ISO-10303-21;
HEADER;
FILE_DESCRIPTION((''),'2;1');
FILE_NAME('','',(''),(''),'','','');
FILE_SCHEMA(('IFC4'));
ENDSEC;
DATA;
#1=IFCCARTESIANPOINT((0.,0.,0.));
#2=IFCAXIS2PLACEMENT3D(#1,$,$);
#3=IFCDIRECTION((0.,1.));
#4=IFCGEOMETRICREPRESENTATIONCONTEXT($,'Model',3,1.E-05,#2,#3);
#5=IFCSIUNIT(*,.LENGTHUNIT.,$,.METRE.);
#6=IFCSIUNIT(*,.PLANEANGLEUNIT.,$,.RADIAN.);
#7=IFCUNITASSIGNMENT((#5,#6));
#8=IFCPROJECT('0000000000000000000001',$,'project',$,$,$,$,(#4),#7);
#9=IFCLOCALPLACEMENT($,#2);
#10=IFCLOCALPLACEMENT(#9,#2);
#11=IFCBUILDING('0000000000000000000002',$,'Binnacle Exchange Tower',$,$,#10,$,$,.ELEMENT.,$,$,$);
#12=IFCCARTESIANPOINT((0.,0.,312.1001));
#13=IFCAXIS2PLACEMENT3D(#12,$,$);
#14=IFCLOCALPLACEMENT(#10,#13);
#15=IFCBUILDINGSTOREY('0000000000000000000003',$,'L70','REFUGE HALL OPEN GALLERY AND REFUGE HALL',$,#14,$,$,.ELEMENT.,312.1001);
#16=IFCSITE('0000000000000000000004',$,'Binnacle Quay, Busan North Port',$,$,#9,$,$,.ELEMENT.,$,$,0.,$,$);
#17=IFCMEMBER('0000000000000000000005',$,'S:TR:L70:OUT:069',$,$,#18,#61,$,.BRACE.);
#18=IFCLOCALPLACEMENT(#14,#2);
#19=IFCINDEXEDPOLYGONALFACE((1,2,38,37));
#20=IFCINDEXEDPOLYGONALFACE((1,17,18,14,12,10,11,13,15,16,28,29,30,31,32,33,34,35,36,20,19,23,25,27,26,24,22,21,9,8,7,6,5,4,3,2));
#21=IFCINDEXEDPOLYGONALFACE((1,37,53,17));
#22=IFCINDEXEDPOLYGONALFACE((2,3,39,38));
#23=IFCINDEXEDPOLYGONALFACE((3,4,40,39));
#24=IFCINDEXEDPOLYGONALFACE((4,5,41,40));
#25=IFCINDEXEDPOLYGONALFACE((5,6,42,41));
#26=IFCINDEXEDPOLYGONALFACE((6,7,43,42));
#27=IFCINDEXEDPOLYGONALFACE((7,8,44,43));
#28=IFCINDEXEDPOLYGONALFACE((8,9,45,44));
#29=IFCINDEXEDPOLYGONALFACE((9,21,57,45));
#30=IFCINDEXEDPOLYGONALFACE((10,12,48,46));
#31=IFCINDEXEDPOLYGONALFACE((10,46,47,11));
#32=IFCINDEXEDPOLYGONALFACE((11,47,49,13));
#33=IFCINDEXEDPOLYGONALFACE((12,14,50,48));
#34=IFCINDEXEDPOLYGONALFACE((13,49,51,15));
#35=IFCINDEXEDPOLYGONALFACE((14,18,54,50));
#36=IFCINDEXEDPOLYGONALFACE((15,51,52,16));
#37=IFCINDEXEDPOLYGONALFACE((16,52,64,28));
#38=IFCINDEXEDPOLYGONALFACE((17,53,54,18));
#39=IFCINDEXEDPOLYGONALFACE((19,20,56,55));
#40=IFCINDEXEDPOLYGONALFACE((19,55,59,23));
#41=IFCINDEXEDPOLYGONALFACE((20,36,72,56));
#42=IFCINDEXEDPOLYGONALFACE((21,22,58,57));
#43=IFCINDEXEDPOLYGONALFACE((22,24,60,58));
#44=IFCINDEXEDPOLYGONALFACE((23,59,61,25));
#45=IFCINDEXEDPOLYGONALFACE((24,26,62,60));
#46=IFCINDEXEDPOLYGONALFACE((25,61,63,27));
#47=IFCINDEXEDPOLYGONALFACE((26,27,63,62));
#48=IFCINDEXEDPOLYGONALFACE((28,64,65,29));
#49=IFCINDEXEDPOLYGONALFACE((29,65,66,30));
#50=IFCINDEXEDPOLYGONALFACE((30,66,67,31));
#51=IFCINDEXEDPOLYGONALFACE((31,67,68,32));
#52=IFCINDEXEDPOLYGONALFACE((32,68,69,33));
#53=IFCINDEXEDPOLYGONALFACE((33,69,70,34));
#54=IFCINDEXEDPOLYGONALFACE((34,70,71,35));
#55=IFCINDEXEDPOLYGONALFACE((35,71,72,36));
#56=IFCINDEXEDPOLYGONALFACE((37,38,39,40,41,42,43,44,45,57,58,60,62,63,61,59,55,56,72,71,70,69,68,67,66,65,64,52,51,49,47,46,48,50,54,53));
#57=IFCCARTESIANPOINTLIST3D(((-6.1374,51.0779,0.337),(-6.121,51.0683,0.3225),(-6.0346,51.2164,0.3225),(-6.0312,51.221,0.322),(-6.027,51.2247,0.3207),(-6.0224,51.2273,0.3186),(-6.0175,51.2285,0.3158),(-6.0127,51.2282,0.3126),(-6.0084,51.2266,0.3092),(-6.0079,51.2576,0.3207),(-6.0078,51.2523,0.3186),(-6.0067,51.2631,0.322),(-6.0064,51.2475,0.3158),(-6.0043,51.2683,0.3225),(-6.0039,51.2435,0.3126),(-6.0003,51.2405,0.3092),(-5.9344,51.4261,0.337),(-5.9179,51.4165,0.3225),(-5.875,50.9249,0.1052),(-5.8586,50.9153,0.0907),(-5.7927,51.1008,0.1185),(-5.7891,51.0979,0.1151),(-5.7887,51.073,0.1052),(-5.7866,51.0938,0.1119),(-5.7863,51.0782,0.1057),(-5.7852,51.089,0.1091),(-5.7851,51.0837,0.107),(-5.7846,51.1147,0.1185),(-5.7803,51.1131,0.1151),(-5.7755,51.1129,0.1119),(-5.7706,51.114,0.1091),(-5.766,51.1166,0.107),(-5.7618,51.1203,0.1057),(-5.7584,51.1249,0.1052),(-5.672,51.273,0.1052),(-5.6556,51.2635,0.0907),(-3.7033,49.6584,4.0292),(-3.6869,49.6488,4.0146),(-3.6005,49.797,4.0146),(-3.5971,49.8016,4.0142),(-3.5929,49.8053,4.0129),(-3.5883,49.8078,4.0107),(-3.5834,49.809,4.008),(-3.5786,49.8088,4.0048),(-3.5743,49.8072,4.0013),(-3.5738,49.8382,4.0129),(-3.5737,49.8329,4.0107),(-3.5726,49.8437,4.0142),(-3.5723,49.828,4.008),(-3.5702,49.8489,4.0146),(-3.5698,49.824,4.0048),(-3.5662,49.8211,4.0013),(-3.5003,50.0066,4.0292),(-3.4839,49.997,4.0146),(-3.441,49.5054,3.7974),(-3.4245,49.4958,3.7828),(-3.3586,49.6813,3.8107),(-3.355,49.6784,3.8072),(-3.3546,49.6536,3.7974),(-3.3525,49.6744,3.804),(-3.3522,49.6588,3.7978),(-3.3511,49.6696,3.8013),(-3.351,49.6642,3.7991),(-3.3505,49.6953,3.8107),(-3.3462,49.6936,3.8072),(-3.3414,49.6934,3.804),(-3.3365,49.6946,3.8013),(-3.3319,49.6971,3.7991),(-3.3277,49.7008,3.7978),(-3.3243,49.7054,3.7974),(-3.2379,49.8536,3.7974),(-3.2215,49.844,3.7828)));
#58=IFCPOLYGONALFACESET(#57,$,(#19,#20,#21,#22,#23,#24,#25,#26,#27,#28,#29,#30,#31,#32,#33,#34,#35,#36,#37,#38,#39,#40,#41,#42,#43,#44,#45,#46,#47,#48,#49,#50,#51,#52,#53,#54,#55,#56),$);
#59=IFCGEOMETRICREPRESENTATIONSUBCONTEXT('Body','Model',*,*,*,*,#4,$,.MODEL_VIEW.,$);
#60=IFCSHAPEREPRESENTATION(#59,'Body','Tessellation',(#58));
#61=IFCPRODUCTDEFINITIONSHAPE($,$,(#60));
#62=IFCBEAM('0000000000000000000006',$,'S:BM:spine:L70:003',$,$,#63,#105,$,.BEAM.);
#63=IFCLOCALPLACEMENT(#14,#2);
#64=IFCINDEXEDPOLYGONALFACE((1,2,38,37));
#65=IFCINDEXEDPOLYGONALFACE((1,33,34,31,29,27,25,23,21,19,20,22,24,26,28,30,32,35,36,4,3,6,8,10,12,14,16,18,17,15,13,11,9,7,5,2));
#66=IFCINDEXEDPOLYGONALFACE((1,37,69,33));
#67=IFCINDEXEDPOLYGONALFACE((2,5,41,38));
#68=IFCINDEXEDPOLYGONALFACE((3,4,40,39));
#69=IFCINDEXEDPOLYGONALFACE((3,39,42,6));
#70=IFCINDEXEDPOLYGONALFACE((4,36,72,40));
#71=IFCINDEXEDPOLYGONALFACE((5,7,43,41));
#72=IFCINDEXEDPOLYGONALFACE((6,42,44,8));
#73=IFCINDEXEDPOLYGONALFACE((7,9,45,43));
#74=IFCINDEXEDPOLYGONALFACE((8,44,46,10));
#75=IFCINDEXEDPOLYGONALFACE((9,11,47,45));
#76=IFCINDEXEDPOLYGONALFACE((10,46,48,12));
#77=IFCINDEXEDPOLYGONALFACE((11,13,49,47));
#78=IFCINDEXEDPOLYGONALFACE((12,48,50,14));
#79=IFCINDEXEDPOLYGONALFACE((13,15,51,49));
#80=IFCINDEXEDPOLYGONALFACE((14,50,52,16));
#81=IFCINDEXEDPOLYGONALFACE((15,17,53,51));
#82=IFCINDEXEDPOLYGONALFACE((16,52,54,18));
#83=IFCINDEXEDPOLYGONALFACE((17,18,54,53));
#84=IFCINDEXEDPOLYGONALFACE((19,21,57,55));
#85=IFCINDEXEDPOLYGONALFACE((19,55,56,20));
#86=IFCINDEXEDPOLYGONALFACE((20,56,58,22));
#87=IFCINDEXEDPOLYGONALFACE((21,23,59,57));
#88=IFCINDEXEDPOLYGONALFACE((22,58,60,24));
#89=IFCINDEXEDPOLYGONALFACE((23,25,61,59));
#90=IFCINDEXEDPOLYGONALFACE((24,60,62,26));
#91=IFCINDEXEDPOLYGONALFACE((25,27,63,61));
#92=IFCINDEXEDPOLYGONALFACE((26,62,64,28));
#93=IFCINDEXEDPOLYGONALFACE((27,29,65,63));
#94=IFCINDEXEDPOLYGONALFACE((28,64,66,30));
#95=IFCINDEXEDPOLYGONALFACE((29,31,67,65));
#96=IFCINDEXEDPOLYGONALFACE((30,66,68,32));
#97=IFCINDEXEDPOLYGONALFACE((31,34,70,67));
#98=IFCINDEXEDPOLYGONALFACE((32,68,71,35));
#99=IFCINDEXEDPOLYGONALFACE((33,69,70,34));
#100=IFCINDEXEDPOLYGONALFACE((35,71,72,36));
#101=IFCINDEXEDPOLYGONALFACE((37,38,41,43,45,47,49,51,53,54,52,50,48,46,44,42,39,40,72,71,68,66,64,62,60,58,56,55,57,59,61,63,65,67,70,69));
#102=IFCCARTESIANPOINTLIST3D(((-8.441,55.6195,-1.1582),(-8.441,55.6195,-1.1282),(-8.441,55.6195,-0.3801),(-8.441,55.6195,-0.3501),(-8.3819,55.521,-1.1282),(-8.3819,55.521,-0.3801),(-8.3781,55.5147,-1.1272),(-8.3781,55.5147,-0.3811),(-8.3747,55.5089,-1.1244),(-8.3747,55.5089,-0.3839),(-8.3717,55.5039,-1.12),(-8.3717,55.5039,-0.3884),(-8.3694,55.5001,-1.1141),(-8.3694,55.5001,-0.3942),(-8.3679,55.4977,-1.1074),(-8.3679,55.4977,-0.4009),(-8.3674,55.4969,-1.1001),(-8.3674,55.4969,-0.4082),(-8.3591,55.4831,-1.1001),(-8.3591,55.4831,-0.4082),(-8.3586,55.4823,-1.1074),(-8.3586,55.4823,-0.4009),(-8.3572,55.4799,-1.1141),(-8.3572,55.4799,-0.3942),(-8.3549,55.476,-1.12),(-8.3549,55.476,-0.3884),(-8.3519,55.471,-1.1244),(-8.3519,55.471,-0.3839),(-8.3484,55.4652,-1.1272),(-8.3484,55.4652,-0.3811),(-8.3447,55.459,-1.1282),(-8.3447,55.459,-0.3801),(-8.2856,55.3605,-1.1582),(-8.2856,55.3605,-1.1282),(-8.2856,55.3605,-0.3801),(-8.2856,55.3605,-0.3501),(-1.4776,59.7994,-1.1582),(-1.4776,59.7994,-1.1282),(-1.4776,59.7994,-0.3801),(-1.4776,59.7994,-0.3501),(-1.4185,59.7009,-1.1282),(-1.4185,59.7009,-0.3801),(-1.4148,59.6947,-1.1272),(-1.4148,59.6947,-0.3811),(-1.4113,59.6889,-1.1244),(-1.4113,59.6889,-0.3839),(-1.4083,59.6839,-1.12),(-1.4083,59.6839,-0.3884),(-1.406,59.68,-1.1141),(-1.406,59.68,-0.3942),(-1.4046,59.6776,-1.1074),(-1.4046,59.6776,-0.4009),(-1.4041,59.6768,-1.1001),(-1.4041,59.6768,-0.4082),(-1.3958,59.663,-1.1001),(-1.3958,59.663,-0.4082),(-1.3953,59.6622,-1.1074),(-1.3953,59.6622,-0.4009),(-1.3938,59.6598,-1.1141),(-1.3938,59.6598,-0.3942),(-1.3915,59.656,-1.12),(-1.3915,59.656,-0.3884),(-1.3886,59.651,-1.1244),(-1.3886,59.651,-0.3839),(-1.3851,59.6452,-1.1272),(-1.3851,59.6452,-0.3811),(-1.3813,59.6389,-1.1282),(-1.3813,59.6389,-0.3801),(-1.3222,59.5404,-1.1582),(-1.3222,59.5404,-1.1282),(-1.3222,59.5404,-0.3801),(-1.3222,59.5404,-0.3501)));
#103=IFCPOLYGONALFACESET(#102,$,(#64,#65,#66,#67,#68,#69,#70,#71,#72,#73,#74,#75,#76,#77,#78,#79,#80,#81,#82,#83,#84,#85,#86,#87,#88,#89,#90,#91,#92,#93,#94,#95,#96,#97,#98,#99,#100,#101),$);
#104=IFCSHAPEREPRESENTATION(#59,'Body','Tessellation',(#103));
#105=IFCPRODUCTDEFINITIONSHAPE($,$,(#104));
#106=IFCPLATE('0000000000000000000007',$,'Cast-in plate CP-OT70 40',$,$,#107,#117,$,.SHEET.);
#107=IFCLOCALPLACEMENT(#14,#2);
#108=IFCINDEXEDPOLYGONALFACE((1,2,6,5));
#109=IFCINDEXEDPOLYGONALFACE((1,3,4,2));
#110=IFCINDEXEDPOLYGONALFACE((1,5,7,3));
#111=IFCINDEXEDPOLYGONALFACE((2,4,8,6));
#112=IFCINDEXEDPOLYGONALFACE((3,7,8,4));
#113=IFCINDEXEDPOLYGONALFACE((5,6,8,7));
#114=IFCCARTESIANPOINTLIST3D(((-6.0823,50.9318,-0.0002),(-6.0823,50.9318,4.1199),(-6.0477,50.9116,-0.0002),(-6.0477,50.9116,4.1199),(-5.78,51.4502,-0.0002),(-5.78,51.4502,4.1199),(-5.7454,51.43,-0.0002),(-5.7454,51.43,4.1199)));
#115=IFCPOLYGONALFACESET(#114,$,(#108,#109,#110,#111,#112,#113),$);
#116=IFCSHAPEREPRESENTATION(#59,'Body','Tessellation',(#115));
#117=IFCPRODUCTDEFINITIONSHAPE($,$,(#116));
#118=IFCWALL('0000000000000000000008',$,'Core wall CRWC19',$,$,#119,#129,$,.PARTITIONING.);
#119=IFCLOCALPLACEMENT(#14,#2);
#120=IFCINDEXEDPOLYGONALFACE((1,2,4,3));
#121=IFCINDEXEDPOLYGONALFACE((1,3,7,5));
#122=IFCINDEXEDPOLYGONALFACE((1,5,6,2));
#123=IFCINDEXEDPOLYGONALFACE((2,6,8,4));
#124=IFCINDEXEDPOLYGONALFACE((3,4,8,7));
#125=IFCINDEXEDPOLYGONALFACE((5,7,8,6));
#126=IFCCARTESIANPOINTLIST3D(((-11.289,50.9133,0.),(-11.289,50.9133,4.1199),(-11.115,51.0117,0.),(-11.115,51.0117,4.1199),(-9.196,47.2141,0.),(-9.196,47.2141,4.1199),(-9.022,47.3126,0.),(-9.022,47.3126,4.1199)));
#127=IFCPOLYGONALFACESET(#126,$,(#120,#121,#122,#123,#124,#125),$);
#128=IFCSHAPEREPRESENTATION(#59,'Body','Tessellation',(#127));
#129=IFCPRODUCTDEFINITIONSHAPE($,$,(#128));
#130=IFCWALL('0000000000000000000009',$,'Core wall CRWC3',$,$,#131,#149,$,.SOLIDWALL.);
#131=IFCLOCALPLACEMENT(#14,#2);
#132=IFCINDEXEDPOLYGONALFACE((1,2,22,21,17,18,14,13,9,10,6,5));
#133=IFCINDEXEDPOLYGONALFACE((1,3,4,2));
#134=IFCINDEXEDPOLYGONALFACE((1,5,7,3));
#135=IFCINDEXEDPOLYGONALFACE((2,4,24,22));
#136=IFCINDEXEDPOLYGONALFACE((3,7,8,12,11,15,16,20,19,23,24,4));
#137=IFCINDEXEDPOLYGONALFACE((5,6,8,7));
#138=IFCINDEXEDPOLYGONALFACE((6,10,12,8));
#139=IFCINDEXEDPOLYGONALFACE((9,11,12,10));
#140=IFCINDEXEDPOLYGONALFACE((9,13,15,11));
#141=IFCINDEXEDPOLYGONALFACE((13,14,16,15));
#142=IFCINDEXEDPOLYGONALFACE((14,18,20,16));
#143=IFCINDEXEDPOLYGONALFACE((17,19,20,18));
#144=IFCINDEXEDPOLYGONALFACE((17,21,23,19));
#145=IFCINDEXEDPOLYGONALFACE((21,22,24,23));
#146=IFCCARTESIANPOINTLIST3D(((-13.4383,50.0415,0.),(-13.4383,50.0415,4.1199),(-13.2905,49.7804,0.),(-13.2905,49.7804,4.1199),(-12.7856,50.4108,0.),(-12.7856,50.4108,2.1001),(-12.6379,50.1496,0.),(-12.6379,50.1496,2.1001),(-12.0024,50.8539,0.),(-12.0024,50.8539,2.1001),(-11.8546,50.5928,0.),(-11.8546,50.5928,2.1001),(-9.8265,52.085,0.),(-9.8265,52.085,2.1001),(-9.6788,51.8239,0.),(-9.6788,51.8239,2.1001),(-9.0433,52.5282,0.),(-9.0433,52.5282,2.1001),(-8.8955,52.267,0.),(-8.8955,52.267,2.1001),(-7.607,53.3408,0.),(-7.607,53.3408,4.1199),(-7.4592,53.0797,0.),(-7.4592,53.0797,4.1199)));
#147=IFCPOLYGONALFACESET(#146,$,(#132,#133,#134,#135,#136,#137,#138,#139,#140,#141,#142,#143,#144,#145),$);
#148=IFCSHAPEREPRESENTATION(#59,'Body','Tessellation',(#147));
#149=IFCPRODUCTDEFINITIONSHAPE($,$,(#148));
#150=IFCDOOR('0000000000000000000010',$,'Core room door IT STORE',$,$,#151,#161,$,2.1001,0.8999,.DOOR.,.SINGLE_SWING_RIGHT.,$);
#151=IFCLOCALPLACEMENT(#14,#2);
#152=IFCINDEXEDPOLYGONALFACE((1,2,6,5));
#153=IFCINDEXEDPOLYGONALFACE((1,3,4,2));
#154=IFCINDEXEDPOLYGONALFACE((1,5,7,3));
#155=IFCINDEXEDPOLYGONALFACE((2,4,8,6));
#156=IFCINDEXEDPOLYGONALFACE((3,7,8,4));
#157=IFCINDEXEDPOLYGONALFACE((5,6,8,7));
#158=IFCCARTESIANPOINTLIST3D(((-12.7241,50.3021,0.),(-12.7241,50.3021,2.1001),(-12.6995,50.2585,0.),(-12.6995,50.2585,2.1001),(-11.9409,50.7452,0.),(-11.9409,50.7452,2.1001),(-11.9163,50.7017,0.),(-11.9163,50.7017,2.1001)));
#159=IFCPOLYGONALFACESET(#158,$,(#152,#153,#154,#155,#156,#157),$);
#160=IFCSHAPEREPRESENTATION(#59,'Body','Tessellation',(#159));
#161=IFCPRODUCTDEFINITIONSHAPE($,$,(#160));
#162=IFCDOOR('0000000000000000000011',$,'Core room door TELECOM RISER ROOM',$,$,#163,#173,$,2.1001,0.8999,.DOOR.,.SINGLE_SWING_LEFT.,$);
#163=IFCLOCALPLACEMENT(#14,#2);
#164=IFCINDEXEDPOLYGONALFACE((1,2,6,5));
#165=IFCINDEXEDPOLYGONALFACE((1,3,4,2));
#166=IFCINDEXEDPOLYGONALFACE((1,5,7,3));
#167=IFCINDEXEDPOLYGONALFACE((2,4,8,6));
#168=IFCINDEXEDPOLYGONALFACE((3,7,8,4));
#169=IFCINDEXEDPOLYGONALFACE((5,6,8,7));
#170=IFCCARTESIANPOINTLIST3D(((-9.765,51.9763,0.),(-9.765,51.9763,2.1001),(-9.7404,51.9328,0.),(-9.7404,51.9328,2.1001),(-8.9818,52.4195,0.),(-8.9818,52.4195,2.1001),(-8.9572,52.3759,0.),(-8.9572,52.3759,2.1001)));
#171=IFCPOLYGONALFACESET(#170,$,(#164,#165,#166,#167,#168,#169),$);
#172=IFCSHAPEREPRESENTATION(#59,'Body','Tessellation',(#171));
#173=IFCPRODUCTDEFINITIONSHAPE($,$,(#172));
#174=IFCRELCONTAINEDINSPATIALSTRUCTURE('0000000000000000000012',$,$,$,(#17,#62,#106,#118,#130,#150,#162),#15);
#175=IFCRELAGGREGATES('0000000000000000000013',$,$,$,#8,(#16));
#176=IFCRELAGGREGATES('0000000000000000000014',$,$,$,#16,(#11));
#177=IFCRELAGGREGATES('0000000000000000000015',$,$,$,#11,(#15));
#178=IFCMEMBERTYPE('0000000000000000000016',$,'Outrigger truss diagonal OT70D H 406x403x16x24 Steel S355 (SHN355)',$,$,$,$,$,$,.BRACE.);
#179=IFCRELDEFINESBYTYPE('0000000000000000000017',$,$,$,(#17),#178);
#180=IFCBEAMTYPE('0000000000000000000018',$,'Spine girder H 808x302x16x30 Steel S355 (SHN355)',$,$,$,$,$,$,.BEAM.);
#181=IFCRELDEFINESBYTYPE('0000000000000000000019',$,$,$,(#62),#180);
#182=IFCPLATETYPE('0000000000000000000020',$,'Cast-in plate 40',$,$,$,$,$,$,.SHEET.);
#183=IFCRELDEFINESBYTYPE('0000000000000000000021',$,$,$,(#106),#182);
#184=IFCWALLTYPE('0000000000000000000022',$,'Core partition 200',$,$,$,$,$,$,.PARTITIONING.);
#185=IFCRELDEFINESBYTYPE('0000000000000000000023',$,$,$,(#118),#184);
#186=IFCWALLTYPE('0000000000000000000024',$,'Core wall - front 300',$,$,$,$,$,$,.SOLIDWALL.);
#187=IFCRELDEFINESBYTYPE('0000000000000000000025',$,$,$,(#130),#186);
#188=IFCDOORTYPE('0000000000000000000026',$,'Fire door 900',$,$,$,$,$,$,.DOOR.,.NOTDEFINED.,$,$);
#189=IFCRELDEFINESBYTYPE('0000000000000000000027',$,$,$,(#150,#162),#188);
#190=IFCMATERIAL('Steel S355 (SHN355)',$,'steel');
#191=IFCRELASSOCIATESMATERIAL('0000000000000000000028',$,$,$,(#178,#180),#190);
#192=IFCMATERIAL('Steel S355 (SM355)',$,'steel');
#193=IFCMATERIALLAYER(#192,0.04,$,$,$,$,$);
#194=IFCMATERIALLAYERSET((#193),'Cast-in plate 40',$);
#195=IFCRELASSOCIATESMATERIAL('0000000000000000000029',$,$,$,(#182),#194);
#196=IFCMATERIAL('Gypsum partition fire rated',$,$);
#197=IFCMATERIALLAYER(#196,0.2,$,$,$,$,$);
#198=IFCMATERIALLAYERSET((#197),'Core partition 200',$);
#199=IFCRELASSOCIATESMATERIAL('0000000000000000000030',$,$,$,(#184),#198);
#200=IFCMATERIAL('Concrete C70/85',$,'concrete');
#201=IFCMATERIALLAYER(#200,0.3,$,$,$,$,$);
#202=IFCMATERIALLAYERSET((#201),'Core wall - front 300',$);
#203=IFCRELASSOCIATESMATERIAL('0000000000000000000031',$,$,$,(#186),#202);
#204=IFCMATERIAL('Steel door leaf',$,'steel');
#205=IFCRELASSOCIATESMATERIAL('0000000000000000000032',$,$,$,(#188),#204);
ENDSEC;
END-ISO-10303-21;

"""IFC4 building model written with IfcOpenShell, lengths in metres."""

from ifc_helpers import new_model, si_unit, direction, frame, frame_2d, origin, origin_2d, place, context, subcontext, project, spatial, rectangle, i_section, extrude, material, layer, layer_set, material_profile, profile_set, type_object, element, fill, save


model = new_model("IFC4")

# Units and contexts
model_context = context("Model", 3, precision=1e-05, world=origin(), true_north=direction((0.0, 1.0)))
body_context = subcontext(model_context, "Body", "Model", "MODEL_VIEW")
ifc_project = project(units=[si_unit("LENGTHUNIT", "METRE"), si_unit("PLANEANGLEUNIT", "RADIAN")], contexts=[model_context])

# Site, building, storey
site_placement = place(None, origin())
site = spatial("IfcSite", under=ifc_project, at=site_placement, Name="Binnacle Quay, Busan North Port", CompositionType="ELEMENT", RefElevation=0.0)
building_placement = place(site_placement, origin())
building = spatial("IfcBuilding", under=site, at=building_placement, Name="Binnacle Exchange Tower", CompositionType="ELEMENT")
storey_placement = place(building_placement, frame((0.0, 0.0, 312.1001)))
storey = spatial("IfcBuildingStorey", under=building, at=storey_placement, Name="L70", Description="REFUGE HALL OPEN GALLERY AND REFUGE HALL", CompositionType="ELEMENT", Elevation=312.1001)

# Shared definitions
ifc_material_1 = material(Name="Steel S355 (SHN355)", Category="steel")

# Member
ifc_material_profile_1 = material_profile(ifc_material_1, i_section(OverallWidth=0.4031, OverallDepth=0.406, WebThickness=0.0161, FlangeThickness=0.0239, FilletRadius=0.022, at=origin_2d()), Name="H 406x403x16x24")
ifc_profile_set_1 = profile_set([ifc_material_profile_1], Name="Steel S355 (SHN355)")
member_type_1 = type_object("IfcMemberType", Name="Outrigger truss diagonal OT70D H 406x403x16x24 Steel S355 (SHN355)", PredefinedType="BRACE", material=ifc_profile_set_1)
member_1_placement = place(storey_placement, frame((-3.4624, 49.7512, 3.906), z_axis=(-0.524078, 0.305616, -0.794948), x_axis=(-0.503753, -0.863848, 0.0)))
element("IfcMember", 1, at=member_1_placement, inside=storey, type_object=member_type_1, Name="S:TR:L70:OUT:069", PredefinedType="BRACE", context=body_context, shape_type="SweptSolid", body=[
    extrude(i_section(OverallWidth=0.4031, OverallDepth=0.406, WebThickness=0.0161, FlangeThickness=0.0239, FilletRadius=0.022, at=origin_2d()), origin(), (0.0, 0.0, 1.0), 4.6445),
])

# Beam
ifc_material_profile_2 = material_profile(ifc_material_1, i_section(OverallWidth=0.302, OverallDepth=0.8081, WebThickness=0.0161, FlangeThickness=0.03, FilletRadius=0.0281, at=origin_2d()), Name="H 808x302x16x30")
ifc_profile_set_2 = profile_set([ifc_material_profile_2], Name="Steel S355 (SHN355)")
beam_type_1 = type_object("IfcBeamType", Name="Spine girder H 808x302x16x30 Steel S355 (SHN355)", PredefinedType="BEAM", material=ifc_profile_set_2)
beam_1_placement = place(storey_placement, frame((-8.3633, 55.49, -0.7542), z_axis=(0.857389, 0.514668, 0.0), x_axis=(-0.514668, 0.857389, 0.0)))
element("IfcBeam", 2, at=beam_1_placement, inside=storey, type_object=beam_type_1, Name="S:BM:spine:L70:003", PredefinedType="BEAM", context=body_context, shape_type="SweptSolid", body=[
    extrude(i_section(OverallWidth=0.302, OverallDepth=0.8081, WebThickness=0.0161, FlangeThickness=0.03, FilletRadius=0.0281, at=origin_2d()), origin(), (0.0, 0.0, 1.0), 8.1216),
])

# Plate
ifc_material_2 = material(Name="Steel S355 (SM355)", Category="steel")
ifc_layer_1 = layer(ifc_material_2, 0.04)
ifc_layer_set_1 = layer_set([ifc_layer_1], Name="Cast-in plate 40")
plate_type = type_object("IfcPlateType", Name="Cast-in plate 40", PredefinedType="SHEET", material=ifc_layer_set_1)
plate_placement = place(storey_placement, frame((-5.9138, 51.1809, -0.0002), z_axis=(0.0, 0.0, 1.0), x_axis=(-0.863836, 0.503774, 0.0)))
element("IfcPlate", 3, at=plate_placement, inside=storey, type_object=plate_type, Name="Cast-in plate CP-OT70 40", PredefinedType="SHEET", context=body_context, shape_type="SweptSolid", body=[
    extrude(rectangle(XDim=0.04, YDim=0.6001, at=origin_2d()), origin(), (0.0, 0.0, 1.0), 4.1201),
])

# Wall
ifc_material_3 = material(Name="Gypsum partition fire rated")
ifc_layer_2 = layer(ifc_material_3, 0.2)
ifc_layer_set_2 = layer_set([ifc_layer_2], Name="Core partition 200")
wall_type_1 = type_object("IfcWallType", Name="Core partition 200", PredefinedType="PARTITIONING", material=ifc_layer_set_2)
wall_1_placement = place(storey_placement, frame((-11.2019, 50.9624, 0.0), z_axis=(0.0, 0.0, 1.0), x_axis=(0.492441, -0.870346, 0.0)))
element("IfcWall", 4, at=wall_1_placement, inside=storey, type_object=wall_type_1, Name="Core wall CRWC19", PredefinedType="PARTITIONING", context=body_context, shape_type="SweptSolid", body=[
    extrude(rectangle(XDim=4.2502, YDim=0.2, at=frame_2d((2.125, 0.0))), origin(), (0.0, 0.0, 1.0), 4.1199),
])

# Wall, openings, doors
ifc_material_4 = material(Name="Concrete C70/85", Category="concrete")
ifc_layer_3 = layer(ifc_material_4, 0.3)
ifc_layer_set_3 = layer_set([ifc_layer_3], Name="Core wall - front 300")
wall_type_2 = type_object("IfcWallType", Name="Core wall - front 300", PredefinedType="SOLIDWALL", material=ifc_layer_set_3)
wall_2_placement = place(storey_placement, frame((-13.3645, 49.9109, 0.0), z_axis=(0.0, 0.0, 1.0), x_axis=(0.870348, 0.492438, 0.0)))
wall_2 = element("IfcWall", 5, at=wall_2_placement, inside=storey, type_object=wall_type_2, Name="Core wall CRWC3", PredefinedType="SOLIDWALL", context=body_context, shape_type="SweptSolid", body=[
    extrude(rectangle(XDim=6.7, YDim=0.3, at=frame_2d((3.3501, 0.0))), origin(), (0.0, 0.0, 1.0), 4.1199),
])
opening_1_placement = place(wall_2_placement, frame((0.75, 0.0, 0.0)))
opening_1 = element("IfcOpeningElement", 6, at=opening_1_placement, cuts=wall_2, PredefinedType="OPENING", context=body_context, shape_type="SweptSolid", body=[
    extrude(rectangle(XDim=0.8999, YDim=2.1001, at=frame_2d((0.45, 1.05))), frame((0.0, 0.1599, 0.0), z_axis=(0.0, -1.0, 0.0), x_axis=(1.0, 0.0, 0.0)), (0.0, 0.0, 1.0), 0.3201),
])
opening_2_placement = place(wall_2_placement, frame((4.1499, 0.0, 0.0)))
opening_2 = element("IfcOpeningElement", 7, at=opening_2_placement, cuts=wall_2, PredefinedType="OPENING", context=body_context, shape_type="SweptSolid", body=[
    extrude(rectangle(XDim=0.8999, YDim=2.1001, at=frame_2d((0.45, 1.05))), frame((0.0, 0.1599, 0.0), z_axis=(0.0, -1.0, 0.0), x_axis=(1.0, 0.0, 0.0)), (0.0, 0.0, 1.0), 0.3201),
])
ifc_material_5 = material(Name="Steel door leaf", Category="steel")
door_type_1 = type_object("IfcDoorType", Name="Fire door 900", OperationType="NOTDEFINED", PredefinedType="DOOR", material=ifc_material_5)
door_1_placement = place(opening_1_placement, frame((0.8999, 0.0, 0.0), z_axis=(0.0, 0.0, 1.0), x_axis=(-1.0, 0.0, 0.0)))
door_1 = element("IfcDoor", 8, at=door_1_placement, inside=storey, type_object=door_type_1, Name="Core room door IT STORE", OperationType="SINGLE_SWING_RIGHT", OverallHeight=2.1001, OverallWidth=0.8999, PredefinedType="DOOR", context=body_context, shape_type="SweptSolid", body=[
    extrude(rectangle(XDim=0.8999, YDim=2.1001, at=frame_2d((0.45, 1.05))), frame((0.0, 0.0249, 0.0), z_axis=(0.0, -1.0, 0.0), x_axis=(1.0, 0.0, 0.0)), (0.0, 0.0, 1.0), 0.05),
])
fill(opening_1, door_1)
door_2_placement = place(opening_2_placement, frame((0.8999, 0.0, 0.0), z_axis=(0.0, 0.0, 1.0), x_axis=(-1.0, 0.0, 0.0)))
door_2 = element("IfcDoor", 9, at=door_2_placement, inside=storey, type_object=door_type_1, Name="Core room door TELECOM RISER ROOM", OperationType="SINGLE_SWING_LEFT", OverallHeight=2.1001, OverallWidth=0.8999, PredefinedType="DOOR", context=body_context, shape_type="SweptSolid", body=[
    extrude(rectangle(XDim=0.8999, YDim=2.1001, at=frame_2d((0.45, 1.05))), frame((0.0, 0.0249, 0.0), z_axis=(0.0, -1.0, 0.0), x_axis=(1.0, 0.0, 0.0)), (0.0, 0.0, 1.0), 0.05),
])
fill(opening_2, door_2)

save(model, "model.ifc")
